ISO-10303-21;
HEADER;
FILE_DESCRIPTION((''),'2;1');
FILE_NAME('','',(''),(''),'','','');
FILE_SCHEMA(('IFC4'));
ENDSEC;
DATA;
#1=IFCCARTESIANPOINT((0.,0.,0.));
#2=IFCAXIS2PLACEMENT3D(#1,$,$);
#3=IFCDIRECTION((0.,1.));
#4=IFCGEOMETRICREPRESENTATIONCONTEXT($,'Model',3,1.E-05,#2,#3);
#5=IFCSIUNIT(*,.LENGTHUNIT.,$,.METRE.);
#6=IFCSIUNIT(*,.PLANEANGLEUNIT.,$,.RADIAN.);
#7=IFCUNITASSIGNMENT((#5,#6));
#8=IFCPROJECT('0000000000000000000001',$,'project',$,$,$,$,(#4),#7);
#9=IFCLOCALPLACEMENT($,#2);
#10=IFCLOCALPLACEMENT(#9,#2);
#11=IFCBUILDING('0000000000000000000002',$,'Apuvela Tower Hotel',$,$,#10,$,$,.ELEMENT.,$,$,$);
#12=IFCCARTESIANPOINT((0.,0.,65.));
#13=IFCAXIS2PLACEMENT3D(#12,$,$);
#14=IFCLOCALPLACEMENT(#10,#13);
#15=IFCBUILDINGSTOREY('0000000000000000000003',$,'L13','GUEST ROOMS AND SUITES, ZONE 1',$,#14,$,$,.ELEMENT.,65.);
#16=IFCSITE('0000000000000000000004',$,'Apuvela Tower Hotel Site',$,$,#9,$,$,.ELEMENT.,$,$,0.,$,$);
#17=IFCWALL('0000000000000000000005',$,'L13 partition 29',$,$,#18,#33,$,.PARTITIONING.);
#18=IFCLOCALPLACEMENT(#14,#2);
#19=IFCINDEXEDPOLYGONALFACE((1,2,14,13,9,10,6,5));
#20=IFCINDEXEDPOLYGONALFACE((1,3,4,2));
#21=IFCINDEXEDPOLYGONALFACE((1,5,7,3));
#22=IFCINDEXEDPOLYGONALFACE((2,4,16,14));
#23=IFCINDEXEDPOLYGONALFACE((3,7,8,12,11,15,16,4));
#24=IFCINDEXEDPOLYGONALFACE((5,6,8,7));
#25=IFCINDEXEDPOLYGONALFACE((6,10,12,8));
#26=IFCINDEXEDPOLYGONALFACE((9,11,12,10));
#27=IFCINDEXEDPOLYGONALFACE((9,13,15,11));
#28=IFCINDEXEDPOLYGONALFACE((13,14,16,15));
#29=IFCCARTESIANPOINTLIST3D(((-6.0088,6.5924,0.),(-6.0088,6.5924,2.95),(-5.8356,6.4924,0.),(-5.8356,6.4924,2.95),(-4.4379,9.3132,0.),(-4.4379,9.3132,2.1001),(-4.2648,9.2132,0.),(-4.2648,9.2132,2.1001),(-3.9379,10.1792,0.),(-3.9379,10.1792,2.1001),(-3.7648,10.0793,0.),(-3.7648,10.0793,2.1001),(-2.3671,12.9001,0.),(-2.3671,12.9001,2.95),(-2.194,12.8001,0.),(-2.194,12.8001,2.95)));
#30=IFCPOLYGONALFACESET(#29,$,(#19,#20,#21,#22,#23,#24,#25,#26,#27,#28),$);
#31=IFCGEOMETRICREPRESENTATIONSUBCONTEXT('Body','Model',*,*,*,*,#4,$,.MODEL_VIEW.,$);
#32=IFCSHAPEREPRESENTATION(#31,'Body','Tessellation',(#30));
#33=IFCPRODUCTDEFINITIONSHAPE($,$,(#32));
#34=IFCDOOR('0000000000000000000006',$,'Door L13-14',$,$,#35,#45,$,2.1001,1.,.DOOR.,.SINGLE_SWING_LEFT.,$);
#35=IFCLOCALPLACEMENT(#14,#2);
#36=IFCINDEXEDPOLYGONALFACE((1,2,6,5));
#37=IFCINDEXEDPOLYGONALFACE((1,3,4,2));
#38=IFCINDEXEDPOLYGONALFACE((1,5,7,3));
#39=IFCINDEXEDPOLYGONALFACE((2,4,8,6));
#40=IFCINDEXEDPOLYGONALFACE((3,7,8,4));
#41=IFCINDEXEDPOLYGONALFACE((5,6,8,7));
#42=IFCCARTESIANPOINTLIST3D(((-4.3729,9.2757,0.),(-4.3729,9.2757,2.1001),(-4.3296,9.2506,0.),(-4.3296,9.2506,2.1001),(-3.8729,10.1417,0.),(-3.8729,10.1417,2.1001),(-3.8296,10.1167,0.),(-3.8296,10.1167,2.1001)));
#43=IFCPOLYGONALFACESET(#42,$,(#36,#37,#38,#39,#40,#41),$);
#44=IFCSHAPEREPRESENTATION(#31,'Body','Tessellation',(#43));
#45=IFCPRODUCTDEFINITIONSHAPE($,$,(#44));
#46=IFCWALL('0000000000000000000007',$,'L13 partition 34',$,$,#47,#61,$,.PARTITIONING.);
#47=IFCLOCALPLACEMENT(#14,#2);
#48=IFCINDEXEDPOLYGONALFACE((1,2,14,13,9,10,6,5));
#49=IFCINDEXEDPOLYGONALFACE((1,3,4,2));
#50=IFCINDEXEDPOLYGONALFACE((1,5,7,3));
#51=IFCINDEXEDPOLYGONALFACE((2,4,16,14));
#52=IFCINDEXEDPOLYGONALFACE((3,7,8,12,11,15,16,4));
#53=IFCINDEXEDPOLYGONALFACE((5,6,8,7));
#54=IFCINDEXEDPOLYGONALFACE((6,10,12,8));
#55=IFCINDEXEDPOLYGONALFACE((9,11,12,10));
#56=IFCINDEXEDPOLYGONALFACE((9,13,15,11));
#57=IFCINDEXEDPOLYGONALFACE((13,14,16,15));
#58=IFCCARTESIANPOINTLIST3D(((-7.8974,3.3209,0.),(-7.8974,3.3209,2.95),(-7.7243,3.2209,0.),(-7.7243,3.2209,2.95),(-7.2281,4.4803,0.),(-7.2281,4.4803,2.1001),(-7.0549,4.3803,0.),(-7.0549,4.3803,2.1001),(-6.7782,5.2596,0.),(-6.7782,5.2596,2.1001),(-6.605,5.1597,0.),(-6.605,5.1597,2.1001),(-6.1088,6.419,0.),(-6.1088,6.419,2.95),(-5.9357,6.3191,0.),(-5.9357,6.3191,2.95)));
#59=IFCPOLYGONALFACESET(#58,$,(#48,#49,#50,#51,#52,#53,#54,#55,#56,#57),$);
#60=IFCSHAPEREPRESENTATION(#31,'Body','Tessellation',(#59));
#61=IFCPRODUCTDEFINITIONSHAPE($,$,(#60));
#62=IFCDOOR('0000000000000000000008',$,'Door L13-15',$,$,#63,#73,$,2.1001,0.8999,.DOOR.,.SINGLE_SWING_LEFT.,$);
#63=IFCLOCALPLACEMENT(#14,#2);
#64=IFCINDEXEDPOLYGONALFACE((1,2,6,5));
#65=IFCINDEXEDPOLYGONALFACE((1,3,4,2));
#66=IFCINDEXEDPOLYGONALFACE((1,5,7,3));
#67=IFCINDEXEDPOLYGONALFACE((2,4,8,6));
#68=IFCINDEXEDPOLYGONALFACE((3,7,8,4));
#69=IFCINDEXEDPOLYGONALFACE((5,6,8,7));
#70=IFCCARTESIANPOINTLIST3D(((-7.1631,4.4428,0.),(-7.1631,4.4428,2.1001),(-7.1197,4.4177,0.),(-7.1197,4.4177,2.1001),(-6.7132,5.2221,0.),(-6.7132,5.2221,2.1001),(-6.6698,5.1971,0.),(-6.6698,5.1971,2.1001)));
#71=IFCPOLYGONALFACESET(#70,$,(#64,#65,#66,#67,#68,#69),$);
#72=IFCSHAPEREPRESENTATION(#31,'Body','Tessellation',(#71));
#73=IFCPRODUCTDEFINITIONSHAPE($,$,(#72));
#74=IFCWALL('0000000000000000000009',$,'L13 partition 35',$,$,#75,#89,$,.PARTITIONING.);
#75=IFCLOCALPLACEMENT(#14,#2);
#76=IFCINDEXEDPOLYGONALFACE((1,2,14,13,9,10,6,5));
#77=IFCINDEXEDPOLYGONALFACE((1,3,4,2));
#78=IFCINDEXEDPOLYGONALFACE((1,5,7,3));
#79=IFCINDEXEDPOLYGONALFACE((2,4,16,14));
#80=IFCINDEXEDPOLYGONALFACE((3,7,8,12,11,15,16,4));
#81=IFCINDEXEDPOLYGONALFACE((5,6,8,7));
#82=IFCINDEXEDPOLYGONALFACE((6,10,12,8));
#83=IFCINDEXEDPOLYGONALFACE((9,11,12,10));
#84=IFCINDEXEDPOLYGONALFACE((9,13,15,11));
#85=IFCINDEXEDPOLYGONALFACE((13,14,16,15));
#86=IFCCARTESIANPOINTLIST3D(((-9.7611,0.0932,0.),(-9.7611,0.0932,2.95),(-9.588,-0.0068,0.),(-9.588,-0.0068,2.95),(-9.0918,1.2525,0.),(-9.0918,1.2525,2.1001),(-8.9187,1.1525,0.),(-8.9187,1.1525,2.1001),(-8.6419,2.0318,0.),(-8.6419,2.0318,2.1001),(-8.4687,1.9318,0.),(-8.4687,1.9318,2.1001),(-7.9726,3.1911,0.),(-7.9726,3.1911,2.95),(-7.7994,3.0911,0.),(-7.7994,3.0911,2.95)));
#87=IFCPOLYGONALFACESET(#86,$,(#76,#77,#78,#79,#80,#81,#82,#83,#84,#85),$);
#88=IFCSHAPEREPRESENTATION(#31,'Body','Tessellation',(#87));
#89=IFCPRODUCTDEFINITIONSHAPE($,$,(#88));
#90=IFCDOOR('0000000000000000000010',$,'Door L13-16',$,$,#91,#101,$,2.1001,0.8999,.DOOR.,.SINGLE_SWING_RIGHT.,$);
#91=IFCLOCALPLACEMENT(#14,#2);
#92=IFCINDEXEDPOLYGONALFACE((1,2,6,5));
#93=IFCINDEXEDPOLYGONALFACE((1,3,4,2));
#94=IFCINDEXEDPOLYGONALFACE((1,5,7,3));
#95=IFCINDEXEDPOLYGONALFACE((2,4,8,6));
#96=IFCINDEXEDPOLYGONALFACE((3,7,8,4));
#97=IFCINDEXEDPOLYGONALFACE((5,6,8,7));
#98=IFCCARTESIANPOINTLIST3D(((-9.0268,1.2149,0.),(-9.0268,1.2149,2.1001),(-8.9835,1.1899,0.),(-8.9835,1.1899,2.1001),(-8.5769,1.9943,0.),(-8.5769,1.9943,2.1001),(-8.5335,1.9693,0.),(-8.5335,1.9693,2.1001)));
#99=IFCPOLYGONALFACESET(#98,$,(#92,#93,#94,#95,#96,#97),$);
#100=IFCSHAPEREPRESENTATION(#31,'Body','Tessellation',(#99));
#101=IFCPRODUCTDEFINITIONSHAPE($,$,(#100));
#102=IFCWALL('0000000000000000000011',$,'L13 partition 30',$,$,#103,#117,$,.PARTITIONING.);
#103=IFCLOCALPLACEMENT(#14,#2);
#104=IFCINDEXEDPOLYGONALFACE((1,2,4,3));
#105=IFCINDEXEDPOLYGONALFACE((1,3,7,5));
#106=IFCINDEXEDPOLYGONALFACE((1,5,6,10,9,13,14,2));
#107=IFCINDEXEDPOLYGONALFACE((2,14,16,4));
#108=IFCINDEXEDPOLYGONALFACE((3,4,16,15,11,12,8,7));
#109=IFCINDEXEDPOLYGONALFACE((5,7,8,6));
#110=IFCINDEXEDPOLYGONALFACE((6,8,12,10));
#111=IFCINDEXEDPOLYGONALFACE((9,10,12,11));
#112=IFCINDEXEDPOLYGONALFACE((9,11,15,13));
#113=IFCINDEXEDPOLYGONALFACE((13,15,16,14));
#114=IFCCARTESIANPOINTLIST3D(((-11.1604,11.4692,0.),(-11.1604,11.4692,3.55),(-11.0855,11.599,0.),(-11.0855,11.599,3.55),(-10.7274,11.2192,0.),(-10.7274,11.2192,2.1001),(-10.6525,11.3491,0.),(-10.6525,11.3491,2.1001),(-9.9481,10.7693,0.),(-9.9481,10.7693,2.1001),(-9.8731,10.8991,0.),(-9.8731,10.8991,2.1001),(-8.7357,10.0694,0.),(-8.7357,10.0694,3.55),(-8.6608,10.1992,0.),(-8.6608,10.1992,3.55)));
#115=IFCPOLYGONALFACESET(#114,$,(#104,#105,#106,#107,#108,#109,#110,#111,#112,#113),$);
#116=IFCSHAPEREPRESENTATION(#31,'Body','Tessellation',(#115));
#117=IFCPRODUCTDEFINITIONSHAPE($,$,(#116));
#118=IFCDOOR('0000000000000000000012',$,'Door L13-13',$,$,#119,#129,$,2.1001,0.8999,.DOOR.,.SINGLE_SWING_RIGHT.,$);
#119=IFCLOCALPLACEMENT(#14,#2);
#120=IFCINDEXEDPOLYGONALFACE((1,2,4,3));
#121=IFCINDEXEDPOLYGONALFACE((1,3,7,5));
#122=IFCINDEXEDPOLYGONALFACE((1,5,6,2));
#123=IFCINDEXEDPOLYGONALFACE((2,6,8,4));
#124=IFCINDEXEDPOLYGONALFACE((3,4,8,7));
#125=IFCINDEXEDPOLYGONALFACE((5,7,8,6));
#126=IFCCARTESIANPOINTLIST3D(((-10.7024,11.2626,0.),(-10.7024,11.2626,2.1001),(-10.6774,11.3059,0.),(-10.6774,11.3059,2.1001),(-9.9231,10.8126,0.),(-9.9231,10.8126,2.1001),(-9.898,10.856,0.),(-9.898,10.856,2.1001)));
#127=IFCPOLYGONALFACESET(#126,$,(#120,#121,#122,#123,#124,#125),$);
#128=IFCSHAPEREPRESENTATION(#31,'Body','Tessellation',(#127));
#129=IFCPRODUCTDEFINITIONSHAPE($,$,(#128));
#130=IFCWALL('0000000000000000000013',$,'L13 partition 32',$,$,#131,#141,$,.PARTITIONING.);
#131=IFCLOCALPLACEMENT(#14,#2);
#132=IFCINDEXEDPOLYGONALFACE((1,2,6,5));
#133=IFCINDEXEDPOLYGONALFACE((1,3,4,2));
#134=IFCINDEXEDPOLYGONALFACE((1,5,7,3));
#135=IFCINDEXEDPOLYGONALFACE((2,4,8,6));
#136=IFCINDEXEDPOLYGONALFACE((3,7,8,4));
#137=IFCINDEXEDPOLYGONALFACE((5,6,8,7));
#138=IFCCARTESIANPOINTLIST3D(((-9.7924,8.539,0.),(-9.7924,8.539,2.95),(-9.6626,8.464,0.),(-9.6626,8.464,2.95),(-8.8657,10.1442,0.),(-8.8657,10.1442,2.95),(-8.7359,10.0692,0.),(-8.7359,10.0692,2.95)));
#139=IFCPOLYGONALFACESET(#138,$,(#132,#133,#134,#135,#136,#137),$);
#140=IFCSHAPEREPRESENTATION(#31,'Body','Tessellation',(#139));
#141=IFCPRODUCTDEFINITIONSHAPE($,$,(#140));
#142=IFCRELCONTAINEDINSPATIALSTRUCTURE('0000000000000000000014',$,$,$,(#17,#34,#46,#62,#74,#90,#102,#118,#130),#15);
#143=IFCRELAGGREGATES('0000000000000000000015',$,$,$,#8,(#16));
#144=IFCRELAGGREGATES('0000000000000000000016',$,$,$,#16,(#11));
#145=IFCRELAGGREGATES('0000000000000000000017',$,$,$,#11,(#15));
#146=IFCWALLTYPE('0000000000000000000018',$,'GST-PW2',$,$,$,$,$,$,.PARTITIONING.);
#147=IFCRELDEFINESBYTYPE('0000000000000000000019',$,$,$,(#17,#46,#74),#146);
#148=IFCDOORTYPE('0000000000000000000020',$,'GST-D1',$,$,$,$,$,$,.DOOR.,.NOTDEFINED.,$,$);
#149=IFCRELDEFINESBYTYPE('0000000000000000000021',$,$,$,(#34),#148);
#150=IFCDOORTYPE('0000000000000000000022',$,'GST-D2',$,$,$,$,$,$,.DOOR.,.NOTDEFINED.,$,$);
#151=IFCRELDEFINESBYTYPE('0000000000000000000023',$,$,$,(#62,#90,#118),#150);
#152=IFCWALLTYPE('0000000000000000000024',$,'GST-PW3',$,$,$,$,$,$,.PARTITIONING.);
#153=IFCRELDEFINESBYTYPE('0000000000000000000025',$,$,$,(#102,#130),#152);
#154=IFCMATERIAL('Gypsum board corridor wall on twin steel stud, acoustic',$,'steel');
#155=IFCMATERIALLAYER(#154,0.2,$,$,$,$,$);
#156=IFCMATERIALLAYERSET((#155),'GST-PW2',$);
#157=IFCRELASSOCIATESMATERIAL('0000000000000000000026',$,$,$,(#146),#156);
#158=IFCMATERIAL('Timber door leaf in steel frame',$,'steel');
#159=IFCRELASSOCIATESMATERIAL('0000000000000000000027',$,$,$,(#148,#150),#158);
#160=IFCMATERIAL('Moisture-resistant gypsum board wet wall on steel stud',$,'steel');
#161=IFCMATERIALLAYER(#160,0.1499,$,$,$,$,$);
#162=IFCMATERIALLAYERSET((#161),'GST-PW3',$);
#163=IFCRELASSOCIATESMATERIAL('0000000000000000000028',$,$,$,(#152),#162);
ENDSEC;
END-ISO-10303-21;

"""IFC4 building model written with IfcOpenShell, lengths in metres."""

from ifc_helpers import new_model, si_unit, direction, frame, frame_2d, origin, place, context, subcontext, project, spatial, rectangle, extrude, material, layer, layer_set, type_object, element, fill, save


model = new_model("IFC4")

# Units and contexts
model_context = context("Model", 3, precision=1e-05, world=origin(), true_north=direction((0.0, 1.0)))
body_context = subcontext(model_context, "Body", "Model", "MODEL_VIEW")
ifc_project = project(units=[si_unit("LENGTHUNIT", "METRE"), si_unit("PLANEANGLEUNIT", "RADIAN")], contexts=[model_context])

# Site, building, storey
site_placement = place(None, origin())
site = spatial("IfcSite", under=ifc_project, at=site_placement, Name="Apuvela Tower Hotel Site", CompositionType="ELEMENT", RefElevation=0.0)
building_placement = place(site_placement, origin())
building = spatial("IfcBuilding", under=site, at=building_placement, Name="Apuvela Tower Hotel", CompositionType="ELEMENT")
storey_placement = place(building_placement, frame((0.0, 0.0, 65.0)))
storey = spatial("IfcBuildingStorey", under=building, at=storey_placement, Name="L13", Description="GUEST ROOMS AND SUITES, ZONE 1", CompositionType="ELEMENT", Elevation=65.0)

# Walls, openings, doors
ifc_material_1 = material(Name="Gypsum board corridor wall on twin steel stud, acoustic", Category="steel")
ifc_layer_1 = layer(ifc_material_1, 0.2)
ifc_layer_set_1 = layer_set([ifc_layer_1], Name="GST-PW2")
wall_type_1 = type_object("IfcWallType", Name="GST-PW2", PredefinedType="PARTITIONING", material=ifc_layer_set_1)
wall_1_placement = place(storey_placement, frame((-5.9221, 6.5425, 0.0), z_axis=(0.0, 0.0, 1.0), x_axis=(0.499989, 0.866032, 0.0)))
wall_1 = element("IfcWall", 1, at=wall_1_placement, inside=storey, type_object=wall_type_1, Name="L13 partition 29", PredefinedType="PARTITIONING", context=body_context, shape_type="SweptSolid", body=[
    extrude(rectangle(XDim=7.2834, YDim=0.2, at=frame_2d((3.6416, 0.0))), origin(), (0.0, 0.0, 1.0), 2.95),
])
opening_1_placement = place(wall_1_placement, frame((3.1416, 0.0, 0.0)))
opening_1 = element("IfcOpeningElement", 2, at=opening_1_placement, cuts=wall_1, PredefinedType="OPENING", context=body_context, shape_type="SweptSolid", body=[
    extrude(rectangle(XDim=1.0, YDim=2.1001, at=frame_2d((0.5, 1.05))), frame((0.0, 0.1099, 0.0), z_axis=(0.0, -1.0, 0.0), x_axis=(1.0, 0.0, 0.0)), (0.0, 0.0, 1.0), 0.22),
])
ifc_material_2 = material(Name="Timber door leaf in steel frame", Category="steel")
door_type_1 = type_object("IfcDoorType", Name="GST-D1", OperationType="NOTDEFINED", PredefinedType="DOOR", material=ifc_material_2)
door_1_placement = place(opening_1_placement, origin())
door_1 = element("IfcDoor", 3, at=door_1_placement, inside=storey, type_object=door_type_1, Name="Door L13-14", OperationType="SINGLE_SWING_LEFT", OverallHeight=2.1001, OverallWidth=1.0, PredefinedType="DOOR", context=body_context, shape_type="SweptSolid", body=[
    extrude(rectangle(XDim=1.0, YDim=2.1001, at=frame_2d((0.5, 1.05))), frame((0.0, 0.0249, 0.0), z_axis=(0.0, -1.0, 0.0), x_axis=(1.0, 0.0, 0.0)), (0.0, 0.0, 1.0), 0.05),
])
fill(opening_1, door_1)
wall_2_placement = place(storey_placement, frame((-7.8108, 3.271, 0.0), z_axis=(0.0, 0.0, 1.0), x_axis=(0.499971, 0.866042, 0.0)))
wall_2 = element("IfcWall", 4, at=wall_2_placement, inside=storey, type_object=wall_type_1, Name="L13 partition 34", PredefinedType="PARTITIONING", context=body_context, shape_type="SweptSolid", body=[
    extrude(rectangle(XDim=3.5774, YDim=0.2, at=frame_2d((1.7886, 0.0))), origin(), (0.0, 0.0, 1.0), 2.95),
])
opening_2_placement = place(wall_2_placement, frame((1.3386, 0.0, 0.0)))
opening_2 = element("IfcOpeningElement", 5, at=opening_2_placement, cuts=wall_2, PredefinedType="OPENING", context=body_context, shape_type="SweptSolid", body=[
    extrude(rectangle(XDim=0.8999, YDim=2.1001, at=frame_2d((0.45, 1.05))), frame((0.0, 0.1099, 0.0), z_axis=(0.0, -1.0, 0.0), x_axis=(1.0, 0.0, 0.0)), (0.0, 0.0, 1.0), 0.22),
])
door_type_2 = type_object("IfcDoorType", Name="GST-D2", OperationType="NOTDEFINED", PredefinedType="DOOR", material=ifc_material_2)
door_2_placement = place(opening_2_placement, origin())
door_2 = element("IfcDoor", 6, at=door_2_placement, inside=storey, type_object=door_type_2, Name="Door L13-15", OperationType="SINGLE_SWING_LEFT", OverallHeight=2.1001, OverallWidth=0.8999, PredefinedType="DOOR", context=body_context, shape_type="SweptSolid", body=[
    extrude(rectangle(XDim=0.8999, YDim=2.1001, at=frame_2d((0.45, 1.05))), frame((0.0, 0.0249, 0.0), z_axis=(0.0, -1.0, 0.0), x_axis=(1.0, 0.0, 0.0)), (0.0, 0.0, 1.0), 0.05),
])
fill(opening_2, door_2)
wall_3_placement = place(storey_placement, frame((-9.6746, 0.0432, 0.0), z_axis=(0.0, 0.0, 1.0), x_axis=(0.5, 0.866025, 0.0)))
wall_3 = element("IfcWall", 7, at=wall_3_placement, inside=storey, type_object=wall_type_1, Name="L13 partition 35", PredefinedType="PARTITIONING", context=body_context, shape_type="SweptSolid", body=[
    extrude(rectangle(XDim=3.5771, YDim=0.2, at=frame_2d((1.7886, 0.0))), origin(), (0.0, 0.0, 1.0), 2.95),
])
opening_3_placement = place(wall_3_placement, frame((1.3386, 0.0, 0.0)))
opening_3 = element("IfcOpeningElement", 8, at=opening_3_placement, cuts=wall_3, PredefinedType="OPENING", context=body_context, shape_type="SweptSolid", body=[
    extrude(rectangle(XDim=0.8999, YDim=2.1001, at=frame_2d((0.45, 1.05))), frame((0.0, 0.1099, 0.0), z_axis=(0.0, -1.0, 0.0), x_axis=(1.0, 0.0, 0.0)), (0.0, 0.0, 1.0), 0.22),
])
door_3_placement = place(opening_3_placement, origin())
door_3 = element("IfcDoor", 9, at=door_3_placement, inside=storey, type_object=door_type_2, Name="Door L13-16", OperationType="SINGLE_SWING_RIGHT", OverallHeight=2.1001, OverallWidth=0.8999, PredefinedType="DOOR", context=body_context, shape_type="SweptSolid", body=[
    extrude(rectangle(XDim=0.8999, YDim=2.1001, at=frame_2d((0.45, 1.05))), frame((0.0, 0.0249, 0.0), z_axis=(0.0, -1.0, 0.0), x_axis=(1.0, 0.0, 0.0)), (0.0, 0.0, 1.0), 0.05),
])
fill(opening_3, door_3)
ifc_material_3 = material(Name="Moisture-resistant gypsum board wet wall on steel stud", Category="steel")
ifc_layer_2 = layer(ifc_material_3, 0.1499)
ifc_layer_set_2 = layer_set([ifc_layer_2], Name="GST-PW3")
wall_type_2 = type_object("IfcWallType", Name="GST-PW3", PredefinedType="PARTITIONING", material=ifc_layer_set_2)
wall_4_placement = place(storey_placement, frame((-8.6982, 10.1343, 0.0), z_axis=(0.0, 0.0, 1.0), x_axis=(-0.866035, 0.499984, 0.0)))
wall_4 = element("IfcWall", 10, at=wall_4_placement, inside=storey, type_object=wall_type_2, Name="L13 partition 30", PredefinedType="PARTITIONING", context=body_context, shape_type="SweptSolid", body=[
    extrude(rectangle(XDim=2.7998, YDim=0.1499, at=frame_2d((1.3999, 0.0))), origin(), (0.0, 0.0, 1.0), 3.55),
])
opening_4_placement = place(wall_4_placement, frame((1.3999, 0.0, 0.0)))
opening_4 = element("IfcOpeningElement", 11, at=opening_4_placement, cuts=wall_4, PredefinedType="OPENING", context=body_context, shape_type="SweptSolid", body=[
    extrude(rectangle(XDim=0.8999, YDim=2.1001, at=frame_2d((0.45, 1.05))), frame((0.0, 0.085, 0.0), z_axis=(0.0, -1.0, 0.0), x_axis=(1.0, 0.0, 0.0)), (0.0, 0.0, 1.0), 0.1699),
])
door_4_placement = place(opening_4_placement, origin())
door_4 = element("IfcDoor", 12, at=door_4_placement, inside=storey, type_object=door_type_2, Name="Door L13-13", OperationType="SINGLE_SWING_RIGHT", OverallHeight=2.1001, OverallWidth=0.8999, PredefinedType="DOOR", context=body_context, shape_type="SweptSolid", body=[
    extrude(rectangle(XDim=0.8999, YDim=2.1001, at=frame_2d((0.45, 1.05))), frame((0.0, 0.0249, 0.0), z_axis=(0.0, -1.0, 0.0), x_axis=(1.0, 0.0, 0.0)), (0.0, 0.0, 1.0), 0.05),
])
fill(opening_4, door_4)

# Wall
wall_5_placement = place(storey_placement, frame((-8.8008, 10.1067, 0.0), z_axis=(0.0, 0.0, 1.0), x_axis=(-0.499992, -0.86603, 0.0)))
element("IfcWall", 13, at=wall_5_placement, inside=storey, type_object=wall_type_2, Name="L13 partition 32", PredefinedType="PARTITIONING", context=body_context, shape_type="SweptSolid", body=[
    extrude(rectangle(XDim=1.8535, YDim=0.1499, at=frame_2d((0.9268, 0.0))), origin(), (0.0, 0.0, 1.0), 2.95),
])

save(model, "model.ifc")
